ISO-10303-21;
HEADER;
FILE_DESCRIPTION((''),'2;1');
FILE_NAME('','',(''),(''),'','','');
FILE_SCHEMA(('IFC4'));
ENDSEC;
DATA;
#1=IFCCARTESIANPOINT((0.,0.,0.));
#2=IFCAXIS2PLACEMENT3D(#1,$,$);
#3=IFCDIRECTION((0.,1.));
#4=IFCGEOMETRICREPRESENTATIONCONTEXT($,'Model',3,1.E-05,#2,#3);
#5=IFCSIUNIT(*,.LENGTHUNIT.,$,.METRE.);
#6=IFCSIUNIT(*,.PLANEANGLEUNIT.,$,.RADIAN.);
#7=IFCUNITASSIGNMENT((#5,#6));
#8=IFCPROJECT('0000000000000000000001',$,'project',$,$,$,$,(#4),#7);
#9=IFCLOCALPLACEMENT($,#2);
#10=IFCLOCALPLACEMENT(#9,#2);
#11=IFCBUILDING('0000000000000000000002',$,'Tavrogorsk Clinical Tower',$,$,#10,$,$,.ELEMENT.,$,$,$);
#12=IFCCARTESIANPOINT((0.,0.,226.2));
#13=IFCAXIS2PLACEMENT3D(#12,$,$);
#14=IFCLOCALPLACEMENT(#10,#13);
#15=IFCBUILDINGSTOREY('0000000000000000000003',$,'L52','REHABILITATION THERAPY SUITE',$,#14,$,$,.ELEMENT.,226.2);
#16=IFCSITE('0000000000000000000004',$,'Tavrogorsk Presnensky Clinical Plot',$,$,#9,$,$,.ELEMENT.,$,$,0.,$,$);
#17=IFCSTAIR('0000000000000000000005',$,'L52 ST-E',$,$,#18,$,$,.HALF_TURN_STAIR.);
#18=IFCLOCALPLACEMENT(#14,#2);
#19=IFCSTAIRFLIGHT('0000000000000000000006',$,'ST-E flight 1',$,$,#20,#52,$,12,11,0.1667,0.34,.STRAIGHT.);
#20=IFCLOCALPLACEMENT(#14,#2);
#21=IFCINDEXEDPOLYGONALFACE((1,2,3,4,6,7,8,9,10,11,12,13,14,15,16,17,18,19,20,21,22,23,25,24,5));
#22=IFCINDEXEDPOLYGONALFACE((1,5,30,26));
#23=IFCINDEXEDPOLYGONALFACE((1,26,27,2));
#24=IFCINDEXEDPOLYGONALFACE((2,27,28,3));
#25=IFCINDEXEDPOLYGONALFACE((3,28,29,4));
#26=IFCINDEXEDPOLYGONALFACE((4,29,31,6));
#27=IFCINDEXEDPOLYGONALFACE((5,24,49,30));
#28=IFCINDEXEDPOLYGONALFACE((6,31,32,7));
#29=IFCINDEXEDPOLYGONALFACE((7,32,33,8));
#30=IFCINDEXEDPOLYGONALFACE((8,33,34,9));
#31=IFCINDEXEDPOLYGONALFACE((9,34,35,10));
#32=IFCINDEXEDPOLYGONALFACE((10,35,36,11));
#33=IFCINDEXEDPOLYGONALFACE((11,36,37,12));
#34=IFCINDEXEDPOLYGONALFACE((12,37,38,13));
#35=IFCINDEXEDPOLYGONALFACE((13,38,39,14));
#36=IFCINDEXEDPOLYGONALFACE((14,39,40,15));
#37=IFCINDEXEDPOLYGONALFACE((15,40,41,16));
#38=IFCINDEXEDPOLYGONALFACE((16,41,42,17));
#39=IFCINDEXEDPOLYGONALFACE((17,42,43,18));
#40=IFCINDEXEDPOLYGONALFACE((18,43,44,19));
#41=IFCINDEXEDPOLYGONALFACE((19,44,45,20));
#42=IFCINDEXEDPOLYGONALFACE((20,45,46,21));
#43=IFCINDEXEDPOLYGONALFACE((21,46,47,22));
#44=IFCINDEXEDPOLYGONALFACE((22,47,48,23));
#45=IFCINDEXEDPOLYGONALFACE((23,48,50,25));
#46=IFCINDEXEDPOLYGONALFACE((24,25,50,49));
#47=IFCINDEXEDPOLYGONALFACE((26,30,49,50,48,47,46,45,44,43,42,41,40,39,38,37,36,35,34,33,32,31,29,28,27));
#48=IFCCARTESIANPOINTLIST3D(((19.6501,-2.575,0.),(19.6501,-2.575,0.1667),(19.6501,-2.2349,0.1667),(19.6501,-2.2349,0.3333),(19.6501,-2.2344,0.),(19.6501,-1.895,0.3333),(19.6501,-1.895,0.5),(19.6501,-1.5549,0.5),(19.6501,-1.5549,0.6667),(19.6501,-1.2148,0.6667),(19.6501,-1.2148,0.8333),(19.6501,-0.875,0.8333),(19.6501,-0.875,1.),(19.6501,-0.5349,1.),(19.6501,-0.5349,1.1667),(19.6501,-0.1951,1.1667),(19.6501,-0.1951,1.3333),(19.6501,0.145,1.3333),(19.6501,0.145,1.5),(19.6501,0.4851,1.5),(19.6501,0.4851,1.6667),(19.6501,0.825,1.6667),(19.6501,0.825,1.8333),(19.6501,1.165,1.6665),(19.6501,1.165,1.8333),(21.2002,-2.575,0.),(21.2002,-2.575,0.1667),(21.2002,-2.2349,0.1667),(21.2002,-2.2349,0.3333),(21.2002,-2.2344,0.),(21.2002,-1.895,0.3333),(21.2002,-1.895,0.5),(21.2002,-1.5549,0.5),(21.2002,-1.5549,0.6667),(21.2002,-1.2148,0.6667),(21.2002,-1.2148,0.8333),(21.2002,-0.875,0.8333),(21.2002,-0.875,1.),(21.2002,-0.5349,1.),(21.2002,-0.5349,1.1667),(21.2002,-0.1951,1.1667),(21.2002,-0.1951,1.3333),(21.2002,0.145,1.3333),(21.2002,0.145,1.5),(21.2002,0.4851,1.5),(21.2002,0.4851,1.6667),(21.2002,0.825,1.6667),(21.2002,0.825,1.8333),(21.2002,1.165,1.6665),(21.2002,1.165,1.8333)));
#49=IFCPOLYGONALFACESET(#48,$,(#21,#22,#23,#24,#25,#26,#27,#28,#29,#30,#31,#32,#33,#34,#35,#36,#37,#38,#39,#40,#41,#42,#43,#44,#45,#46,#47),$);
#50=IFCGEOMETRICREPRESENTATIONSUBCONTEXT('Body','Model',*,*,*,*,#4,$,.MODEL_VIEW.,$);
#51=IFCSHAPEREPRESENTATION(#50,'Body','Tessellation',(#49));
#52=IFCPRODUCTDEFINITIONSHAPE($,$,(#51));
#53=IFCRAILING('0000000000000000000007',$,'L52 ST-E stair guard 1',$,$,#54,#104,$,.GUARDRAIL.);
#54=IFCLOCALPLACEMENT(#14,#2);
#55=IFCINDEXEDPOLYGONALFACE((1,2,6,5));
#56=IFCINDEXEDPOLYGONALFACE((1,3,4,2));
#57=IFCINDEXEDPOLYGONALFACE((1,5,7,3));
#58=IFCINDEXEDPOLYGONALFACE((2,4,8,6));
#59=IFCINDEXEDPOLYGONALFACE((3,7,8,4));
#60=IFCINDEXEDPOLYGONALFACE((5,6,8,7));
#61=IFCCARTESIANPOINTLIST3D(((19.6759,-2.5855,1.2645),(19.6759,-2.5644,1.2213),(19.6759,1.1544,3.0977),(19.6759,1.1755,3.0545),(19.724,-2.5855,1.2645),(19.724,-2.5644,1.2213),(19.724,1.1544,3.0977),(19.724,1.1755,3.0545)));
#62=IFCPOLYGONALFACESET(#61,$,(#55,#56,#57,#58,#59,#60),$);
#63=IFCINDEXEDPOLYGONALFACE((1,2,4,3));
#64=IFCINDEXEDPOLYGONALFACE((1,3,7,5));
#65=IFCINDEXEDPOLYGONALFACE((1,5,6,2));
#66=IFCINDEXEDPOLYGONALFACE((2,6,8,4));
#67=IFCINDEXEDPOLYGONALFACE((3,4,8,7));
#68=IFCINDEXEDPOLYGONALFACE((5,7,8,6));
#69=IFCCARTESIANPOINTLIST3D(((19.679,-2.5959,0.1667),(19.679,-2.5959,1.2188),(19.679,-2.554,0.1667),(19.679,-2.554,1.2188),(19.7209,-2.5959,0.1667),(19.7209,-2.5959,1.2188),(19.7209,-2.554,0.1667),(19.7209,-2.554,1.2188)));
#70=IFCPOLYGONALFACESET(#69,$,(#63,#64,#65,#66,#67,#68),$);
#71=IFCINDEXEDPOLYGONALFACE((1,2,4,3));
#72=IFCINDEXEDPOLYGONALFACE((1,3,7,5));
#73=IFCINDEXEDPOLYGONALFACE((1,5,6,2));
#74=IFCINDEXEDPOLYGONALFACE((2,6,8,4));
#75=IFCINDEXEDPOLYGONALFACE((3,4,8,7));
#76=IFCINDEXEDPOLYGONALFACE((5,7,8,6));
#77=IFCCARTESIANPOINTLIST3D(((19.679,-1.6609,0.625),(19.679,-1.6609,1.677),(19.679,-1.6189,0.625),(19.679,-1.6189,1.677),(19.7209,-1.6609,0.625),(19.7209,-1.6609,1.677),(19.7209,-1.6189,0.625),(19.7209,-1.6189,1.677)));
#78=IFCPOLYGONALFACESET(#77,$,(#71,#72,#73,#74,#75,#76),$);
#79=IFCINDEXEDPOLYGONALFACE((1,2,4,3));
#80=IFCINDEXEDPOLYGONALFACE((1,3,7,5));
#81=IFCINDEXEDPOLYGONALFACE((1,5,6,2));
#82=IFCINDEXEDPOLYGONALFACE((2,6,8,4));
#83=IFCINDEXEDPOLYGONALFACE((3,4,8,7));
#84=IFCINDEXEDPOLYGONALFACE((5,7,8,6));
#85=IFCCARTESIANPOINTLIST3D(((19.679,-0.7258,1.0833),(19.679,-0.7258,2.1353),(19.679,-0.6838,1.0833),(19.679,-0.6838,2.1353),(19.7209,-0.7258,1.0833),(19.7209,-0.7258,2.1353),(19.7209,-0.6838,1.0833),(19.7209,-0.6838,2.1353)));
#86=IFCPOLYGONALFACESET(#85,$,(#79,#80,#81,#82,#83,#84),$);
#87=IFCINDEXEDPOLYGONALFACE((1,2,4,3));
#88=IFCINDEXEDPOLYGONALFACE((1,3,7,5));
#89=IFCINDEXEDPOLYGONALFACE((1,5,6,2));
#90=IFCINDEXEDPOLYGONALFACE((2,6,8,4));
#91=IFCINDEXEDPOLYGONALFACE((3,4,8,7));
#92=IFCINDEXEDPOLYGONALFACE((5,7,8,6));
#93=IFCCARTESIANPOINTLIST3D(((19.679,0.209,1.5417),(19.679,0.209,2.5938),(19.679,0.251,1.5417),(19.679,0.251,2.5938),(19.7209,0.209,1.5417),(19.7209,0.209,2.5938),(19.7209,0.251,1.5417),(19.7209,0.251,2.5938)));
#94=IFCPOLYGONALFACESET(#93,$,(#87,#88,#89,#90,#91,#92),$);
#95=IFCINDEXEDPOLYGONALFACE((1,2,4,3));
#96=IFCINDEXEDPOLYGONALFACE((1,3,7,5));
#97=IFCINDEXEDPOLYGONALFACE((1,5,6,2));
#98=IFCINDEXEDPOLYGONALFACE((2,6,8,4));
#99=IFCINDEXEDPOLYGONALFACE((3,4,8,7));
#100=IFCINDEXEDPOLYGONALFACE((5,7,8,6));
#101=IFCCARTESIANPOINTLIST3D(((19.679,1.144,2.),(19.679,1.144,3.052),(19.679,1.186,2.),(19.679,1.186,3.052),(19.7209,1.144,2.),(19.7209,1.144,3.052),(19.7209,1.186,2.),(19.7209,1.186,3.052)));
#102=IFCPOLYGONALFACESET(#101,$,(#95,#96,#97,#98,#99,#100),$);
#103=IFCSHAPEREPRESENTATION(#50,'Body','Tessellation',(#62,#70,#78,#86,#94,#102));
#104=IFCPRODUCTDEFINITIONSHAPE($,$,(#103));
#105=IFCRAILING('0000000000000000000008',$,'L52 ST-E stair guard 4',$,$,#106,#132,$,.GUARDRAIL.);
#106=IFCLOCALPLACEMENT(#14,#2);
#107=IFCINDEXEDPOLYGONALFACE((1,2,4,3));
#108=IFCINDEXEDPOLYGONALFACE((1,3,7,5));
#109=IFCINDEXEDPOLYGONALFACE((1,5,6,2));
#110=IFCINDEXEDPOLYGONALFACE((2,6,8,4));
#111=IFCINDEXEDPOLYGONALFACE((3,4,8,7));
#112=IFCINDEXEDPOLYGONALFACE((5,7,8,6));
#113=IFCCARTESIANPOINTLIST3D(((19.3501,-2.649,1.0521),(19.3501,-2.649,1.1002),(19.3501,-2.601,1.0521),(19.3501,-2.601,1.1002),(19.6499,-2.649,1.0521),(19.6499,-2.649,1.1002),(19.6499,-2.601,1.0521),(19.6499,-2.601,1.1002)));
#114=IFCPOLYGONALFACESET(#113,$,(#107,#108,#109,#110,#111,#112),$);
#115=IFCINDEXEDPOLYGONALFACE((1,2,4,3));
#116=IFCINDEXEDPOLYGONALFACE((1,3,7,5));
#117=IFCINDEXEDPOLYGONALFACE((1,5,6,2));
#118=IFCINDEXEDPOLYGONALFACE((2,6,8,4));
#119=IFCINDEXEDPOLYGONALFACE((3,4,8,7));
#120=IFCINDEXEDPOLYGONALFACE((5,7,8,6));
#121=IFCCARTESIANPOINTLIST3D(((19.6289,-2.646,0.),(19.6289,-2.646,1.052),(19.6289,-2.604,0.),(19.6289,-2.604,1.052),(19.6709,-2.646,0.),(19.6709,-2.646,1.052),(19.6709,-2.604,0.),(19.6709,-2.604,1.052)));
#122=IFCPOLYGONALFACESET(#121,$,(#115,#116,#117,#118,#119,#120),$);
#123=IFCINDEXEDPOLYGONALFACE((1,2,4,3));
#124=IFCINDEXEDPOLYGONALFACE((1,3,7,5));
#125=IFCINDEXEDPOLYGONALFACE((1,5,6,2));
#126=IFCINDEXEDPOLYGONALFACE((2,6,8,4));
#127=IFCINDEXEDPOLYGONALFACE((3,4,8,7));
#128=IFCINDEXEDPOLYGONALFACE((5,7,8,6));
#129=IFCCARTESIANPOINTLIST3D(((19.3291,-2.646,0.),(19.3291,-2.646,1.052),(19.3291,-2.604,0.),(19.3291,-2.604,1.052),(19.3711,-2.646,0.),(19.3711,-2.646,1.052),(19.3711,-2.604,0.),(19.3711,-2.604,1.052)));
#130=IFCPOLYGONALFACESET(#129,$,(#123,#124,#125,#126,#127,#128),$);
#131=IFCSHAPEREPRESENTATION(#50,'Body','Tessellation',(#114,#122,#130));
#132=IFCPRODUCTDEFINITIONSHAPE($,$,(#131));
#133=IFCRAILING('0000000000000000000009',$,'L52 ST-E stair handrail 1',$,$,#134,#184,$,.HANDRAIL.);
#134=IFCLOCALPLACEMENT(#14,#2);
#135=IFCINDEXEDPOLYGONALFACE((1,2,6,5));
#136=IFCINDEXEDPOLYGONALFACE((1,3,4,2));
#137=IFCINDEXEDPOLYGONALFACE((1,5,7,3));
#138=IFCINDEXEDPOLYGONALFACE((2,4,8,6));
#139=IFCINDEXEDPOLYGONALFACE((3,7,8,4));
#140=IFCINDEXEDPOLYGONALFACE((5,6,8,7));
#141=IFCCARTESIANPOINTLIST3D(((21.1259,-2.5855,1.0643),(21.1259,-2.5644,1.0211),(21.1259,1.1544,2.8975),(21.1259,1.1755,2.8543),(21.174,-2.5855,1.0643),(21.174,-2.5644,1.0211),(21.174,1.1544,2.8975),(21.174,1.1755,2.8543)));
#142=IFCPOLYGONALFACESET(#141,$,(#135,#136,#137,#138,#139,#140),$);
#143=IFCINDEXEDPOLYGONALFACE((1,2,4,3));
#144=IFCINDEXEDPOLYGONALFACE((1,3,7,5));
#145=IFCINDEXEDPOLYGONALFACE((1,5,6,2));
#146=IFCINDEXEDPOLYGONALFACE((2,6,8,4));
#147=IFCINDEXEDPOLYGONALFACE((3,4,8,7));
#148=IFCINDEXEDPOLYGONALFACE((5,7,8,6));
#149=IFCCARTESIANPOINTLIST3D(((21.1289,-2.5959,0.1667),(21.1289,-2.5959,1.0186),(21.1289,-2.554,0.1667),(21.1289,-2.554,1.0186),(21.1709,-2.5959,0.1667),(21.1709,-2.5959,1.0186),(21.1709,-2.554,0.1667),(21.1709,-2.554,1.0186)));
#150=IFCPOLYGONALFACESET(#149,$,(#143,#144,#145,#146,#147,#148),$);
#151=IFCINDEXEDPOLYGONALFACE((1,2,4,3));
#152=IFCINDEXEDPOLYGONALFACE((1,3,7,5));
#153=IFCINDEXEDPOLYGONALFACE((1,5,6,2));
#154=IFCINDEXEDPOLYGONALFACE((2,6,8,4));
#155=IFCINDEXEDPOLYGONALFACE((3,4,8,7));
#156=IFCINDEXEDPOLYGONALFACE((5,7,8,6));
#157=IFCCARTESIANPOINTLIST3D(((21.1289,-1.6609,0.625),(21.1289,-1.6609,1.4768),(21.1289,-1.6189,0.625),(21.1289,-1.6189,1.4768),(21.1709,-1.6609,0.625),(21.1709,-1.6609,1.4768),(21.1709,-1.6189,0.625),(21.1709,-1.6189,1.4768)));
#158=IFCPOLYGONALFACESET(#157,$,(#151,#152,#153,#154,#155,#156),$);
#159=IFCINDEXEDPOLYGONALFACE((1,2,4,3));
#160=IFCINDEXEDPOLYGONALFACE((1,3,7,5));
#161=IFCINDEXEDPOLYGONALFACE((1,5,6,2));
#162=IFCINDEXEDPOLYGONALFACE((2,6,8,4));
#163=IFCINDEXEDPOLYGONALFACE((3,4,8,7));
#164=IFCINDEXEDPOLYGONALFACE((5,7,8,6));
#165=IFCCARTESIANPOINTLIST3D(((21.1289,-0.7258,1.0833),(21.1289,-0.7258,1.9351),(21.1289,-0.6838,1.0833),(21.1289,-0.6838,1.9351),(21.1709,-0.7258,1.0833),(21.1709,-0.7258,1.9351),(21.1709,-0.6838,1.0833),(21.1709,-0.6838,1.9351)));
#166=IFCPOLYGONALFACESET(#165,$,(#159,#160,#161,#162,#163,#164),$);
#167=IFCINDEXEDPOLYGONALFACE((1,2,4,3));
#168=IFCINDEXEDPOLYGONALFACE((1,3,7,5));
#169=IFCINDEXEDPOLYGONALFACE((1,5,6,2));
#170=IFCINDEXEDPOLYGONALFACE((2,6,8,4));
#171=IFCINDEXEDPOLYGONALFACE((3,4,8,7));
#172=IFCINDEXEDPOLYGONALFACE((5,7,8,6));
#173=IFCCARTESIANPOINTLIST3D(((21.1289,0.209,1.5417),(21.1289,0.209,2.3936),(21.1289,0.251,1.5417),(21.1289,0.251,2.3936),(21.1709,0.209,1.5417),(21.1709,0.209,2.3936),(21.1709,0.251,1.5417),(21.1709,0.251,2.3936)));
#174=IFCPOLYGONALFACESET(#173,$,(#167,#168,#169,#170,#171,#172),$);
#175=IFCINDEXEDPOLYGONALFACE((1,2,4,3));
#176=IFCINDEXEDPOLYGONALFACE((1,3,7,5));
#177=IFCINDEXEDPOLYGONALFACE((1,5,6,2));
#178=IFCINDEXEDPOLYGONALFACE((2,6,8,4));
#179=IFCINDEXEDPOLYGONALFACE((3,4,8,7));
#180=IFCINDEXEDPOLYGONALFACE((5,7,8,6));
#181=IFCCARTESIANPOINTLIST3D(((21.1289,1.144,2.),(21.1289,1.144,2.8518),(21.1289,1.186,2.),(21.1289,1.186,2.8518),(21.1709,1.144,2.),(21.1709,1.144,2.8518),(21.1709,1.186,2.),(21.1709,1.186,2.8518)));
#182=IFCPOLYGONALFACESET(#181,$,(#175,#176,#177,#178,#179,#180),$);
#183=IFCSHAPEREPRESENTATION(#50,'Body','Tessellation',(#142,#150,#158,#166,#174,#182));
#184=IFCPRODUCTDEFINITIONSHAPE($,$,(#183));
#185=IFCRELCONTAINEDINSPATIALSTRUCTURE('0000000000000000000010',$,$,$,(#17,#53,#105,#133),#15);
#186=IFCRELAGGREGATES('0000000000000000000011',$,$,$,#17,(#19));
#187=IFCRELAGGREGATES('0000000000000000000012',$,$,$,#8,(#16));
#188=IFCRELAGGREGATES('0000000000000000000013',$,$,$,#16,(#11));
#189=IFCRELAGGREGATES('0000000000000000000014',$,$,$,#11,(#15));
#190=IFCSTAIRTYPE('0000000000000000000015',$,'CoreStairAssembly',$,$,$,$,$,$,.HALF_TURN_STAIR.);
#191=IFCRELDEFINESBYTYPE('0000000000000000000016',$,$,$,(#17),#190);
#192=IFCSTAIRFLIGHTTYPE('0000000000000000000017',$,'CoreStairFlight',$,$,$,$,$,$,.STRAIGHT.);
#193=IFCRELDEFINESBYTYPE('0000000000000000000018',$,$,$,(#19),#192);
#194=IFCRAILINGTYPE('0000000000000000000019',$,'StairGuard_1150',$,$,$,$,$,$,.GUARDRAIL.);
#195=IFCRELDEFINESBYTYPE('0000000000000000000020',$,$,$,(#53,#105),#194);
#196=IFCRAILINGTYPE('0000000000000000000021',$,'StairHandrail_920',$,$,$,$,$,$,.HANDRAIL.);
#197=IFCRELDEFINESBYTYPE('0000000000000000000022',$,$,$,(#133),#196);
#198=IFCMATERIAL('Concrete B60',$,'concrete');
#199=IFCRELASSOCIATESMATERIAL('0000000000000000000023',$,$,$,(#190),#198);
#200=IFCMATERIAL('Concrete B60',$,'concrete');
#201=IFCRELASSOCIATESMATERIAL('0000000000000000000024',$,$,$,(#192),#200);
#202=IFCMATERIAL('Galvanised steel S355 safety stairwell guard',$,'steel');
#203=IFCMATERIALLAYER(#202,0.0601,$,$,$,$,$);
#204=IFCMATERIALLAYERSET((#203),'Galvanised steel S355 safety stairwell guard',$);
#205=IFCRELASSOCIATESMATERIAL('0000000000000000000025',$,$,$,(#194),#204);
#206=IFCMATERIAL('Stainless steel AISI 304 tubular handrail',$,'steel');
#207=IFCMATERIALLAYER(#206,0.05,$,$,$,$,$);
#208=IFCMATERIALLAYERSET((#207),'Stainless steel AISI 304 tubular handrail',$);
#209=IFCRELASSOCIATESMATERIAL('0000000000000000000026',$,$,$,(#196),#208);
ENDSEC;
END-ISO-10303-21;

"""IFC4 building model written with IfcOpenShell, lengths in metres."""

from ifc_helpers import new_model, si_unit, direction, frame, origin, origin_2d, place, context, subcontext, project, spatial, polyline, rectangle, outline, extrude, material, layer, layer_set, type_object, element, aggregate, save


model = new_model("IFC4")

# Units and contexts
model_context = context("Model", 3, precision=1e-05, world=origin(), true_north=direction((0.0, 1.0)))
body_context = subcontext(model_context, "Body", "Model", "MODEL_VIEW")
ifc_project = project(units=[si_unit("LENGTHUNIT", "METRE"), si_unit("PLANEANGLEUNIT", "RADIAN")], contexts=[model_context])

# Site, building, storey
site_placement = place(None, origin())
site = spatial("IfcSite", under=ifc_project, at=site_placement, Name="Tavrogorsk Presnensky Clinical Plot", CompositionType="ELEMENT", RefElevation=0.0)
building_placement = place(site_placement, origin())
building = spatial("IfcBuilding", under=site, at=building_placement, Name="Tavrogorsk Clinical Tower", CompositionType="ELEMENT")
storey_placement = place(building_placement, frame((0.0, 0.0, 226.2)))
storey = spatial("IfcBuildingStorey", under=building, at=storey_placement, Name="L52", Description="REHABILITATION THERAPY SUITE", CompositionType="ELEMENT", Elevation=226.2)

# Stair, stair flight
ifc_material_1 = material(Name="Concrete B60", Category="concrete")
stair_type = type_object("IfcStairType", Name="CoreStairAssembly", PredefinedType="HALF_TURN_STAIR", material=ifc_material_1)
stair_placement = place(storey_placement, origin())
stair = element("IfcStair", 1, at=stair_placement, inside=storey, type_object=stair_type, Name="L52 ST-E", PredefinedType="HALF_TURN_STAIR")
ifc_material_2 = material(Name="Concrete B60", Category="concrete")
stair_flight_type = type_object("IfcStairFlightType", Name="CoreStairFlight", PredefinedType="STRAIGHT", material=ifc_material_2)
stair_flight_placement = place(storey_placement, frame((20.425, -2.575, 0.0), z_axis=(0.0, 0.0, 1.0), x_axis=(0.0, 1.0, 0.0)))
stair_flight = element("IfcStairFlight", 2, at=stair_flight_placement, type_object=stair_flight_type, Name="ST-E flight 1", NumberOfRisers=12, NumberOfTreads=11, PredefinedType="STRAIGHT", RiserHeight=0.1667, TreadLength=0.34, context=body_context, shape_type="SweptSolid", body=[
    extrude(outline(polyline([(0.0, 0.0), (0.0, 0.1667), (0.3401, 0.1667), (0.3401, 0.3333), (0.6799, 0.3333), (0.6799, 0.5), (1.02, 0.5), (1.02, 0.6667), (1.3601, 0.6667), (1.3601, 0.8333), (1.7, 0.8333), (1.7, 1.0), (2.04, 1.0), (2.04, 1.1667), (2.3799, 1.1667), (2.3799, 1.3333), (2.72, 1.3333), (2.72, 1.5), (3.0601, 1.5), (3.0601, 1.6667), (3.3999, 1.6667), (3.3999, 1.8333), (3.74, 1.8333), (3.74, 2.0), (3.74, 1.6665), (0.3406, 0.0), (0.0, 0.0)])), frame((0.0, 0.7749, 0.0), z_axis=(0.0, -1.0, 0.0), x_axis=(1.0, 0.0, 0.0)), (0.0, 0.0, 1.0), 1.55),
])
aggregate(stair, [stair_flight])

# Railings
ifc_material_3 = material(Name="Galvanised steel S355 safety stairwell guard", Category="steel")
ifc_layer_1 = layer(ifc_material_3, 0.0601)
ifc_layer_set_1 = layer_set([ifc_layer_1], Name="Galvanised steel S355 safety stairwell guard")
railing_type_1 = type_object("IfcRailingType", Name="StairGuard_1150", PredefinedType="GUARDRAIL", material=ifc_layer_set_1)
railing_1_placement = place(storey_placement, frame((19.7, -2.575, 0.1667)))
element("IfcRailing", 3, at=railing_1_placement, inside=storey, type_object=railing_type_1, Name="L52 ST-E stair guard 1", PredefinedType="GUARDRAIL", context=body_context, shape_type="SweptSolid", body=[
    extrude(rectangle(XDim=0.0481, YDim=0.0481, at=origin_2d()), frame((0.0, 0.0, 1.0762), z_axis=(0.0, 0.897928, 0.440142), x_axis=(-1.0, 0.0, 0.0)), (0.0, 0.0, 1.0), 4.165),
    extrude(rectangle(XDim=0.042, YDim=0.042, at=origin_2d()), origin(), (0.0, 0.0, 1.0), 1.052),
    extrude(rectangle(XDim=0.042, YDim=0.042, at=origin_2d()), frame((0.0, 0.9351, 0.4583)), (0.0, 0.0, 1.0), 1.052),
    extrude(rectangle(XDim=0.042, YDim=0.042, at=origin_2d()), frame((0.0, 1.8701, 0.9165)), (0.0, 0.0, 1.0), 1.052),
    extrude(rectangle(XDim=0.042, YDim=0.042, at=origin_2d()), frame((0.0, 2.8049, 1.375)), (0.0, 0.0, 1.0), 1.052),
    extrude(rectangle(XDim=0.042, YDim=0.042, at=origin_2d()), frame((0.0, 3.74, 1.8333)), (0.0, 0.0, 1.0), 1.052),
])
railing_2_placement = place(storey_placement, frame((19.6499, -2.625, 0.0)))
element("IfcRailing", 4, at=railing_2_placement, inside=storey, type_object=railing_type_1, Name="L52 ST-E stair guard 4", PredefinedType="GUARDRAIL", context=body_context, shape_type="SweptSolid", body=[
    extrude(rectangle(XDim=0.0481, YDim=0.0481, at=origin_2d()), frame((0.0, 0.0, 1.0762), z_axis=(-1.0, 0.0, 0.0), x_axis=(0.0, -1.0, 0.0)), (0.0, 0.0, 1.0), 0.2998),
    extrude(rectangle(XDim=0.042, YDim=0.042, at=origin_2d()), origin(), (0.0, 0.0, 1.0), 1.052),
    extrude(rectangle(XDim=0.042, YDim=0.042, at=origin_2d()), frame((-0.2998, 0.0, 0.0)), (0.0, 0.0, 1.0), 1.052),
])
ifc_material_4 = material(Name="Stainless steel AISI 304 tubular handrail", Category="steel")
ifc_layer_2 = layer(ifc_material_4, 0.05)
ifc_layer_set_2 = layer_set([ifc_layer_2], Name="Stainless steel AISI 304 tubular handrail")
railing_type_2 = type_object("IfcRailingType", Name="StairHandrail_920", PredefinedType="HANDRAIL", material=ifc_layer_set_2)
railing_3_placement = place(storey_placement, frame((21.1499, -2.575, 0.1667)))
element("IfcRailing", 5, at=railing_3_placement, inside=storey, type_object=railing_type_2, Name="L52 ST-E stair handrail 1", PredefinedType="HANDRAIL", context=body_context, shape_type="SweptSolid", body=[
    extrude(rectangle(XDim=0.0481, YDim=0.0481, at=origin_2d()), frame((0.0, 0.0, 0.876), z_axis=(0.0, 0.897928, 0.440142), x_axis=(-1.0, 0.0, 0.0)), (0.0, 0.0, 1.0), 4.165),
    extrude(rectangle(XDim=0.042, YDim=0.042, at=origin_2d()), origin(), (0.0, 0.0, 1.0), 0.8518),
    extrude(rectangle(XDim=0.042, YDim=0.042, at=origin_2d()), frame((0.0, 0.9351, 0.4583)), (0.0, 0.0, 1.0), 0.8518),
    extrude(rectangle(XDim=0.042, YDim=0.042, at=origin_2d()), frame((0.0, 1.8701, 0.9165)), (0.0, 0.0, 1.0), 0.8518),
    extrude(rectangle(XDim=0.042, YDim=0.042, at=origin_2d()), frame((0.0, 2.8049, 1.375)), (0.0, 0.0, 1.0), 0.8518),
    extrude(rectangle(XDim=0.042, YDim=0.042, at=origin_2d()), frame((0.0, 3.74, 1.8333)), (0.0, 0.0, 1.0), 0.8518),
])

save(model, "model.ifc")
